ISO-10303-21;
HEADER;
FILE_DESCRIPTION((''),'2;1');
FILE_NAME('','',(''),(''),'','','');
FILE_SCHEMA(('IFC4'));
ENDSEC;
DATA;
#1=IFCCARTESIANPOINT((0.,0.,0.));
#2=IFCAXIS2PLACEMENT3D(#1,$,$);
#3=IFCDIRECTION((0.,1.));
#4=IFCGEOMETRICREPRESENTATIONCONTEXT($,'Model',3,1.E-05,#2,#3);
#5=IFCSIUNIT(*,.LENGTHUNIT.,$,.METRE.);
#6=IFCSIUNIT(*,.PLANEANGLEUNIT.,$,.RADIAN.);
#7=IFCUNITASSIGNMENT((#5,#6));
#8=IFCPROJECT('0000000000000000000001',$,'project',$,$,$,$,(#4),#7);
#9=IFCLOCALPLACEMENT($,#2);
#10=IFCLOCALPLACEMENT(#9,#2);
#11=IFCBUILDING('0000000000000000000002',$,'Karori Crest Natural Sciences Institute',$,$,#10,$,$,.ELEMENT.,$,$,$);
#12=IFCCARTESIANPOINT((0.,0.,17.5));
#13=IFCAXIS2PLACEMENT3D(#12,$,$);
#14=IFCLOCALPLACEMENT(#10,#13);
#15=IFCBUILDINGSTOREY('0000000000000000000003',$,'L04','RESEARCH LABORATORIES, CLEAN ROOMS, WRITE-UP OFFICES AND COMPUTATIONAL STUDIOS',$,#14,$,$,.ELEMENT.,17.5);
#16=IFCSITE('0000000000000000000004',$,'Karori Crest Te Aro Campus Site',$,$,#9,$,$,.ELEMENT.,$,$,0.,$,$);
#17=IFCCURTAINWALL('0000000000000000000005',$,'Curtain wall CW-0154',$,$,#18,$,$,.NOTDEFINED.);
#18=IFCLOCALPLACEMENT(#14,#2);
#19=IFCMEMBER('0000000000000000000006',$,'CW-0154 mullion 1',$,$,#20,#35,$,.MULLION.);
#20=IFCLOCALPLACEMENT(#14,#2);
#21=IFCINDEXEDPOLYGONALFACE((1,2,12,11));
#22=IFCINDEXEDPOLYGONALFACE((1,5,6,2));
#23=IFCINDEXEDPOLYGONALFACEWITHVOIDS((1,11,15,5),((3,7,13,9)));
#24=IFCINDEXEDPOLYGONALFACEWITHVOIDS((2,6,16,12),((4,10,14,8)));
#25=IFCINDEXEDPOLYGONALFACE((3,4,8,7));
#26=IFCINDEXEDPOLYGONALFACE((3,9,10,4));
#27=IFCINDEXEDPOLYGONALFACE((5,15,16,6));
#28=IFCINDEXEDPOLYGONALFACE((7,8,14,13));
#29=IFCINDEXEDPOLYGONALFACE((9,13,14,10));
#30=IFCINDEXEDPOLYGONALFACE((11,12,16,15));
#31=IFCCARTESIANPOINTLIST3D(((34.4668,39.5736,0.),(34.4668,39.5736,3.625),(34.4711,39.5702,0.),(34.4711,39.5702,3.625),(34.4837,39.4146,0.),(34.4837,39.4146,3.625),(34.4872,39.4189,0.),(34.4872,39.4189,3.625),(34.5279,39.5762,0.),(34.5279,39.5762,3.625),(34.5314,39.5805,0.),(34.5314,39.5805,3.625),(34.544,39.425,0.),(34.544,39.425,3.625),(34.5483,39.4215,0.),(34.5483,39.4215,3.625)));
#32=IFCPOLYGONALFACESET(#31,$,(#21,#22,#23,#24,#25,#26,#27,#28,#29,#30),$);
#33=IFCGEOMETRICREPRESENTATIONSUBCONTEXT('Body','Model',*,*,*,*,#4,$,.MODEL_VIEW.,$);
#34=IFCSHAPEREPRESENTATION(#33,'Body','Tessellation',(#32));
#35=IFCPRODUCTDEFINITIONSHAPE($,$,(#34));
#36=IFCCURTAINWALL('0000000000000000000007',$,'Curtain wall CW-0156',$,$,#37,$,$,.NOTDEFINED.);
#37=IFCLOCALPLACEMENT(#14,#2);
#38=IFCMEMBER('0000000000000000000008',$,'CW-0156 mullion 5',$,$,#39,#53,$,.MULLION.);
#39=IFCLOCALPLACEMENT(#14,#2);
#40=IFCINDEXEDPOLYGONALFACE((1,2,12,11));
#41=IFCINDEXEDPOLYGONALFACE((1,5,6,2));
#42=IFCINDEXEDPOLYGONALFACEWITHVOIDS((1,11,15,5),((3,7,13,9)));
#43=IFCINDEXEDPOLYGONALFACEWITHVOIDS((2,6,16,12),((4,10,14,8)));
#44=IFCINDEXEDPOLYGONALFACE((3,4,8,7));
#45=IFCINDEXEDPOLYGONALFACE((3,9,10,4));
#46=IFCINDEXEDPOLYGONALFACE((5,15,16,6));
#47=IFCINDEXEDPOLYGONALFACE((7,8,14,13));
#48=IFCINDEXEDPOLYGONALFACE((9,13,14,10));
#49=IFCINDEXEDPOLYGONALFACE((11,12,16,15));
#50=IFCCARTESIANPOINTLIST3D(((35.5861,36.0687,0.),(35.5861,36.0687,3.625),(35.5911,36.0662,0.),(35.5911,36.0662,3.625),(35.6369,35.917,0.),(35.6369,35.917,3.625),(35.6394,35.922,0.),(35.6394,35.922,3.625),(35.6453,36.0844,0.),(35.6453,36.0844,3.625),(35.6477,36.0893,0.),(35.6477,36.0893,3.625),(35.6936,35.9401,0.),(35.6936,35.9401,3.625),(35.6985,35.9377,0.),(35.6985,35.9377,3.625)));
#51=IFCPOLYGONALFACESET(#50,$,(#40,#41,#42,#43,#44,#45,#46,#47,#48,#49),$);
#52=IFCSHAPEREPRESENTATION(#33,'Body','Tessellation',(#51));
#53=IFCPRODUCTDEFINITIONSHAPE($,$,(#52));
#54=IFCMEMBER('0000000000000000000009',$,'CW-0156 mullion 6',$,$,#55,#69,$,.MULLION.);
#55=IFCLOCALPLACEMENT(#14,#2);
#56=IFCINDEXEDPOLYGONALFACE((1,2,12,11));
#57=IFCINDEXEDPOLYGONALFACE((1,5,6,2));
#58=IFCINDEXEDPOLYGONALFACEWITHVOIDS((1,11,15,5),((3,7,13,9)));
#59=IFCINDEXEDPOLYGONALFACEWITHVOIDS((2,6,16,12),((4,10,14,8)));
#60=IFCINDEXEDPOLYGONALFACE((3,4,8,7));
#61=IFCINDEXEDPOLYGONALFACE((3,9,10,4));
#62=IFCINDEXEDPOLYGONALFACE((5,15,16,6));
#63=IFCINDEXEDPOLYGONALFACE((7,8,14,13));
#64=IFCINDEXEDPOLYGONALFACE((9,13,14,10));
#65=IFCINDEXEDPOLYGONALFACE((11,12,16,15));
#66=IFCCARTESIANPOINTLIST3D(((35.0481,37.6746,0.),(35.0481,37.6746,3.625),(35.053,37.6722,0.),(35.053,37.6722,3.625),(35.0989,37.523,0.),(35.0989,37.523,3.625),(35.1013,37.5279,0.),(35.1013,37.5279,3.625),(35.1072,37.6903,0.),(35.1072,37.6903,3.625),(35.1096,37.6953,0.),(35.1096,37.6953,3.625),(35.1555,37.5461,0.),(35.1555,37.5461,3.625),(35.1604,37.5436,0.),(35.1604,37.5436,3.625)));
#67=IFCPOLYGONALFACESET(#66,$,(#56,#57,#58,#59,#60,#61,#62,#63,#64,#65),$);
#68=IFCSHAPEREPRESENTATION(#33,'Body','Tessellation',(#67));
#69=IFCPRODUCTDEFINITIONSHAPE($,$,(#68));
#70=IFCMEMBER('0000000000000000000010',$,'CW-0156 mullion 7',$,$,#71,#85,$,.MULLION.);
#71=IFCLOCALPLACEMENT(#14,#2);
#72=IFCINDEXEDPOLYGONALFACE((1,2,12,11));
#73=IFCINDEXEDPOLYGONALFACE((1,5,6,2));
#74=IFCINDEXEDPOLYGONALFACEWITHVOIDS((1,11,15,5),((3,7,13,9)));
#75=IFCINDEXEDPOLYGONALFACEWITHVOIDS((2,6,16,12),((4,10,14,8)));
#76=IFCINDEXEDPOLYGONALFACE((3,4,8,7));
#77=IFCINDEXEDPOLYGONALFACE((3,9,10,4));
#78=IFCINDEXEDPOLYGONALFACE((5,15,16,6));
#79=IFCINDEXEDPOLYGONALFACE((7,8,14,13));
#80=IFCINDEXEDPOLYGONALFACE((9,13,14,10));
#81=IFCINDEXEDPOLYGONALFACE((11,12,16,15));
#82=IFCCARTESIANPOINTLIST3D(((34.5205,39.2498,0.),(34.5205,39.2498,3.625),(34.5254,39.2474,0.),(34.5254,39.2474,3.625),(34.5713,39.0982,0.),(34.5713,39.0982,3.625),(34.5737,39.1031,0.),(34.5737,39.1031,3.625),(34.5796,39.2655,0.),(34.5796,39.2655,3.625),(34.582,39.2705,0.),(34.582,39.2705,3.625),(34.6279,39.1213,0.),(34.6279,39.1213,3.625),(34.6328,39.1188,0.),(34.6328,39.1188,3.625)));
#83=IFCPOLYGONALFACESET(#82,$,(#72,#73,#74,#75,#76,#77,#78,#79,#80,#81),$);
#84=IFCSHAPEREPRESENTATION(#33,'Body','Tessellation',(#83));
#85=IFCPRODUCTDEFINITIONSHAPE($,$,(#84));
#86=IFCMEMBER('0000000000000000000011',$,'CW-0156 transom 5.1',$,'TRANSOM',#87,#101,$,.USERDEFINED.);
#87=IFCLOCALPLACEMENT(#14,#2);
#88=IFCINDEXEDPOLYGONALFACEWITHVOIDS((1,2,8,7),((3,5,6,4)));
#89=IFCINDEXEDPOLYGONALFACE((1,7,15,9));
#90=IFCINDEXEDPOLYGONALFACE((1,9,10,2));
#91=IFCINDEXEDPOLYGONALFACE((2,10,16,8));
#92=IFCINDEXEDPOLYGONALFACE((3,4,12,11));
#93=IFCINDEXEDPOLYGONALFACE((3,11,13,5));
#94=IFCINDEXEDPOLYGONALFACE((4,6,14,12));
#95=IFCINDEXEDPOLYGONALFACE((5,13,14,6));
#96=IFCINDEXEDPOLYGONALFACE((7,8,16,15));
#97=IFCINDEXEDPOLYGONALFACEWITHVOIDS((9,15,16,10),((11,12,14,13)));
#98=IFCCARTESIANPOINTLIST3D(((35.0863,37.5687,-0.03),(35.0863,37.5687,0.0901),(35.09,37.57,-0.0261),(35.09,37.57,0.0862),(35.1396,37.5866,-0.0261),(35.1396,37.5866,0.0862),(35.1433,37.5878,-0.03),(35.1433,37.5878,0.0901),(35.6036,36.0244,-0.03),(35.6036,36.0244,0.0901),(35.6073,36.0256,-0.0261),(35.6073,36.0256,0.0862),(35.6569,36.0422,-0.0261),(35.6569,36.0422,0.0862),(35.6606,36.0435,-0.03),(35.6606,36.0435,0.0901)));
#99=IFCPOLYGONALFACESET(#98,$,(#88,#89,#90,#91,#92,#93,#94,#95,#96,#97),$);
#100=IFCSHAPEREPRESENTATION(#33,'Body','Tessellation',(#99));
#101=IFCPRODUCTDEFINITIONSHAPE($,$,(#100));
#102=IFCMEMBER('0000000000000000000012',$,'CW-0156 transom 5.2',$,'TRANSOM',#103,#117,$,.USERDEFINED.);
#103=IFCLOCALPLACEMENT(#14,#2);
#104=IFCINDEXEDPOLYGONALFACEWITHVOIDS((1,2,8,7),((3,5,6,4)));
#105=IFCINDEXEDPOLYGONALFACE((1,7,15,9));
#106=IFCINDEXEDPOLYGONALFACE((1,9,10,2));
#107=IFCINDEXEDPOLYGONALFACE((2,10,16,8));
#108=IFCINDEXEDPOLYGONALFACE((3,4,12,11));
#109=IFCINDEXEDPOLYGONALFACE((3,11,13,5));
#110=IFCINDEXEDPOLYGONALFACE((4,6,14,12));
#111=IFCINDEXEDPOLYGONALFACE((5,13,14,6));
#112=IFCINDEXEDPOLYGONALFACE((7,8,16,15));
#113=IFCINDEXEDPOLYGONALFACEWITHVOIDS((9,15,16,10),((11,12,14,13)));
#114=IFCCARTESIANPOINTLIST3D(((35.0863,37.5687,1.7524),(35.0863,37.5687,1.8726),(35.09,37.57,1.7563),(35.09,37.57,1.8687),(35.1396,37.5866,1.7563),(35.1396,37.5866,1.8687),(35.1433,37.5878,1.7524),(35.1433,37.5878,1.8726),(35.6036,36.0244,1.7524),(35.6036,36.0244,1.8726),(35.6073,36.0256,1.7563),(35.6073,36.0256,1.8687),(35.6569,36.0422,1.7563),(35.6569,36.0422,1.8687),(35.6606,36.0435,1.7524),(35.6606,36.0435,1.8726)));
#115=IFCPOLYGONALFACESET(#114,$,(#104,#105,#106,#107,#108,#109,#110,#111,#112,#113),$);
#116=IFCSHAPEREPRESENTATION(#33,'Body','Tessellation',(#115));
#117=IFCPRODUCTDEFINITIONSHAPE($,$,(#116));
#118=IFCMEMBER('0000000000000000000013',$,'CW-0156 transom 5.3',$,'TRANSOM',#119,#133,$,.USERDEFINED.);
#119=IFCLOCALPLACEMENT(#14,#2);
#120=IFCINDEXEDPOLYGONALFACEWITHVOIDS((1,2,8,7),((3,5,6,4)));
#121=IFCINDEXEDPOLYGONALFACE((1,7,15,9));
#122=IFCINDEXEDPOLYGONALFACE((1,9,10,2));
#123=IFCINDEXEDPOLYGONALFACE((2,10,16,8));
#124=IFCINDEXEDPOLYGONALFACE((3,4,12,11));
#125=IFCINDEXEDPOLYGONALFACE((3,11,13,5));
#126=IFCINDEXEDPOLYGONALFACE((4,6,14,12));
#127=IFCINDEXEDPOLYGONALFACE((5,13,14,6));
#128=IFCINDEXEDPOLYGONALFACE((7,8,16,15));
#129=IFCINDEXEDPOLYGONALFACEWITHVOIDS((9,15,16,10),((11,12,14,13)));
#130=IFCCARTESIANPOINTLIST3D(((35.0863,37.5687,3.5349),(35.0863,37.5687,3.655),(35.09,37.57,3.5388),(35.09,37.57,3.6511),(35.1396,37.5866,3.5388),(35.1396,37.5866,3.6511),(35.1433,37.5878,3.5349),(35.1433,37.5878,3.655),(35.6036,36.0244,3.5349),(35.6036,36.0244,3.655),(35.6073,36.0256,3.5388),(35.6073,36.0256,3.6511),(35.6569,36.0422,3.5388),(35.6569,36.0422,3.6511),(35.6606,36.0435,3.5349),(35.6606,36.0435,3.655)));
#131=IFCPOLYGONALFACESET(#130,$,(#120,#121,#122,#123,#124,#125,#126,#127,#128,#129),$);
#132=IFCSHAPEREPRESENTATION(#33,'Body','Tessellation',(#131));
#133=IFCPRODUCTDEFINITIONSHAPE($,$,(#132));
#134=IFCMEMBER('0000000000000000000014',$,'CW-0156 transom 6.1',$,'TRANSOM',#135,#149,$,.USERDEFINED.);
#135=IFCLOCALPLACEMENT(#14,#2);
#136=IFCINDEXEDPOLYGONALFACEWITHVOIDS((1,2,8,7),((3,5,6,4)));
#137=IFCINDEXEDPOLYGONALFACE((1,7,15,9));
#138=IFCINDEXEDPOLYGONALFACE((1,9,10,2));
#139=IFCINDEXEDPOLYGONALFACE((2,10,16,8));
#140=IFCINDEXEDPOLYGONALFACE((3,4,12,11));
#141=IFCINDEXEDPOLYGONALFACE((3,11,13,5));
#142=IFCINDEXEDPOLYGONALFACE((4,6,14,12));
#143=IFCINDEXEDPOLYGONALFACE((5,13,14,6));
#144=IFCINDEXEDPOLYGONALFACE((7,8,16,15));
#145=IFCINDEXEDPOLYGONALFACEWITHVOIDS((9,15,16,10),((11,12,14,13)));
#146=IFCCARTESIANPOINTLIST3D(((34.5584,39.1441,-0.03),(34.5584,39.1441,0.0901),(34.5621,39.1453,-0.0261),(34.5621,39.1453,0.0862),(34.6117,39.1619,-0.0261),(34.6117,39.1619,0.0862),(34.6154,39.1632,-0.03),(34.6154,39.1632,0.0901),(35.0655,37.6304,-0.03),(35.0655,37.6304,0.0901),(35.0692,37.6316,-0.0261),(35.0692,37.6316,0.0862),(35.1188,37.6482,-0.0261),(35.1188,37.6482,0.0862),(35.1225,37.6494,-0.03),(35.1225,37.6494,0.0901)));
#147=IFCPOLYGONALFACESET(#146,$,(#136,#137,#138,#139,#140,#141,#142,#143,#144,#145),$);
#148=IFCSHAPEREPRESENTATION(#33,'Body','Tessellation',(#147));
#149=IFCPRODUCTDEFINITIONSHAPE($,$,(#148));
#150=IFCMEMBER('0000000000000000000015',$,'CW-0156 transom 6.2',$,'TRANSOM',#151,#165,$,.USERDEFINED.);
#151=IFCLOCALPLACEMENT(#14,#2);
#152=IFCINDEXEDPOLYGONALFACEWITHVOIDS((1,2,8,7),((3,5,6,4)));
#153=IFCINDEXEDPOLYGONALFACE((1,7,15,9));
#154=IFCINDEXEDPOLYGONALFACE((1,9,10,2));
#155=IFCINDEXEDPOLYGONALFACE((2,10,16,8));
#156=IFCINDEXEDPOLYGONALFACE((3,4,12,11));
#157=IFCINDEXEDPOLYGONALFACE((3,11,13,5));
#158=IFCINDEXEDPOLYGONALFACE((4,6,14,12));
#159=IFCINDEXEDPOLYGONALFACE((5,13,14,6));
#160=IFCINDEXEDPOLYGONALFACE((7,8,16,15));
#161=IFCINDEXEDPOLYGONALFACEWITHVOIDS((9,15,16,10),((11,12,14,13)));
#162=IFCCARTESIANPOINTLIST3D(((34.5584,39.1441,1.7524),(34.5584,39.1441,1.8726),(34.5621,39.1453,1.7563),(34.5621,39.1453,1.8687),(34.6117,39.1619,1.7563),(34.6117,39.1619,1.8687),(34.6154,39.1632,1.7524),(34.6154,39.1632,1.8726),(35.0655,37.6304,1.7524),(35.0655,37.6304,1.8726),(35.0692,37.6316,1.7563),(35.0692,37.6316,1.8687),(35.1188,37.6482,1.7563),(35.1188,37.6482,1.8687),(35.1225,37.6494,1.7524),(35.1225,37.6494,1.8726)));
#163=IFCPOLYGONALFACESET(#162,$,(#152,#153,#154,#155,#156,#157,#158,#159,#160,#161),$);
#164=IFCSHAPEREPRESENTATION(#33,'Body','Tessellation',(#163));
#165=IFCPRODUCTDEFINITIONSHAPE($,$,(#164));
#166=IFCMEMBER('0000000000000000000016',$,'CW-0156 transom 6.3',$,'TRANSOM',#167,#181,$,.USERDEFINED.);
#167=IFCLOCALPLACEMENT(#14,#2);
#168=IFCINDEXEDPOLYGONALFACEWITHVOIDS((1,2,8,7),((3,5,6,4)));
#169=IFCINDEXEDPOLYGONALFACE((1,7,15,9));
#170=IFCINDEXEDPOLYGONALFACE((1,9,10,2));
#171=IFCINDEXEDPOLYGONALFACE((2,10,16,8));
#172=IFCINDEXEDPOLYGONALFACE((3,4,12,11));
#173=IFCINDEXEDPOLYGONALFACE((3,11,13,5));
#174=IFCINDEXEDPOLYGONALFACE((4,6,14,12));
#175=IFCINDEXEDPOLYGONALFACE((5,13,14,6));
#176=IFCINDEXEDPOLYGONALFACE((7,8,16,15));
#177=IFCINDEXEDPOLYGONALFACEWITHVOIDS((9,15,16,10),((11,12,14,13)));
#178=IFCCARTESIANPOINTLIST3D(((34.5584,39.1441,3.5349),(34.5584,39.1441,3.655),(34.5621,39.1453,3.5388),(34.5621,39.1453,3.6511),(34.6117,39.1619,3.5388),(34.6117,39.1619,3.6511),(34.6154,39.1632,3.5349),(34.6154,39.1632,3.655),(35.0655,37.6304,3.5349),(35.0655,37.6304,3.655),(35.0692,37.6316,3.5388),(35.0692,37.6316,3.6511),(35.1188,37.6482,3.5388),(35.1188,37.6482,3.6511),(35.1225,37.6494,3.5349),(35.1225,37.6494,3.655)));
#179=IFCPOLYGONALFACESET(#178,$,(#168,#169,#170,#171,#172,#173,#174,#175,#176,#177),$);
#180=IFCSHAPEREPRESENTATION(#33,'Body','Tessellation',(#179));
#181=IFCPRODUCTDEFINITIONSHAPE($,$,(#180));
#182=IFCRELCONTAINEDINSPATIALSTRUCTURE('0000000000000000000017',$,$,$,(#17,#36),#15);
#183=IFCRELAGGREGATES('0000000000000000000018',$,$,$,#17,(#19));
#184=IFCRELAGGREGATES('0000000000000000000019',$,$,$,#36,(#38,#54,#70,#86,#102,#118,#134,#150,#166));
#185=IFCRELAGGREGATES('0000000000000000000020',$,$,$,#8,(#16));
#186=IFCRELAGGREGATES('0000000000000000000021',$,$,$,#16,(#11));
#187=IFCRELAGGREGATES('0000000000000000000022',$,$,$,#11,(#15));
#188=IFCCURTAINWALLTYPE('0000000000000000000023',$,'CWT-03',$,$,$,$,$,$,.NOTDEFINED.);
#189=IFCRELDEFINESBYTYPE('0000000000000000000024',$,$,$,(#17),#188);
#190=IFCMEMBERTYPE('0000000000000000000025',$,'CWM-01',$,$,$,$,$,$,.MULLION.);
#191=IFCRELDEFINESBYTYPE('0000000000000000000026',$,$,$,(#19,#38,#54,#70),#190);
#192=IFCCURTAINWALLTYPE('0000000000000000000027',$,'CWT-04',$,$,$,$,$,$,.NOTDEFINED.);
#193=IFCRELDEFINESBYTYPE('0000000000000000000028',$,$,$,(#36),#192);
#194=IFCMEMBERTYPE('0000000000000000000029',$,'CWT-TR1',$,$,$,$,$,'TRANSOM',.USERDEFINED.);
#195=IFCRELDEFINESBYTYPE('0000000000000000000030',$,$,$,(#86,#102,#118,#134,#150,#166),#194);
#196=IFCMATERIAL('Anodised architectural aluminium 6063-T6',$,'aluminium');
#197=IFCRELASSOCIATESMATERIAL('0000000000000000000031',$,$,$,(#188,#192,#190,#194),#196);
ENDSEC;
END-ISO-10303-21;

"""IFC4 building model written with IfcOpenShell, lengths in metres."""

from ifc_helpers import new_model, si_unit, direction, frame, origin, origin_2d, place, context, subcontext, project, spatial, hollow_rectangle, extrude, material, material_profile, profile_set, type_object, element, aggregate, save


model = new_model("IFC4")

# Units and contexts
model_context = context("Model", 3, precision=1e-05, world=origin(), true_north=direction((0.0, 1.0)))
body_context = subcontext(model_context, "Body", "Model", "MODEL_VIEW")
ifc_project = project(units=[si_unit("LENGTHUNIT", "METRE"), si_unit("PLANEANGLEUNIT", "RADIAN")], contexts=[model_context])

# Site, building, storey
site_placement = place(None, origin())
site = spatial("IfcSite", under=ifc_project, at=site_placement, Name="Karori Crest Te Aro Campus Site", CompositionType="ELEMENT", RefElevation=0.0)
building_placement = place(site_placement, origin())
building = spatial("IfcBuilding", under=site, at=building_placement, Name="Karori Crest Natural Sciences Institute", CompositionType="ELEMENT")
storey_placement = place(building_placement, frame((0.0, 0.0, 17.5)))
storey = spatial("IfcBuildingStorey", under=building, at=storey_placement, Name="L04", Description="RESEARCH LABORATORIES, CLEAN ROOMS, WRITE-UP OFFICES AND COMPUTATIONAL STUDIOS", CompositionType="ELEMENT", Elevation=17.5)

# Curtain wall, member
ifc_material_1 = material(Name="Anodised architectural aluminium 6063-T6", Category="aluminium")
curtain_wall_type_1 = type_object("IfcCurtainWallType", Name="CWT-03", PredefinedType="NOTDEFINED", material=ifc_material_1)
curtain_wall_1_placement = place(storey_placement, origin())
curtain_wall_1 = element("IfcCurtainWall", 1, at=curtain_wall_1_placement, inside=storey, type_object=curtain_wall_type_1, Name="Curtain wall CW-0154", PredefinedType="NOTDEFINED")
ifc_material_profile_1 = material_profile(ifc_material_1, hollow_rectangle(XDim=0.0649, YDim=0.1599, WallThickness=0.0039, at=origin_2d()), Name="CWM160x65x4")
ifc_profile_set_1 = profile_set([ifc_material_profile_1], Name="Anodised architectural aluminium 6063-T6")
member_type_1 = type_object("IfcMemberType", Name="CWM-01", PredefinedType="MULLION", material=ifc_profile_set_1)
member_1_placement = place(storey_placement, frame((34.5076, 39.4976, 0.0), z_axis=(0.0, 0.0, 1.0), x_axis=(-0.994378, -0.105884, 0.0)))
member_1 = element("IfcMember", 2, at=member_1_placement, type_object=member_type_1, Name="CW-0154 mullion 1", PredefinedType="MULLION", context=body_context, shape_type="SweptSolid", body=[
    extrude(hollow_rectangle(XDim=0.0649, YDim=0.1599, WallThickness=0.0039, at=origin_2d()), origin(), (0.0, 0.0, 1.0), 3.625),
])

# Curtain wall, members
curtain_wall_type_2 = type_object("IfcCurtainWallType", Name="CWT-04", PredefinedType="NOTDEFINED", material=ifc_material_1)
curtain_wall_2_placement = place(storey_placement, origin())
curtain_wall_2 = element("IfcCurtainWall", 3, at=curtain_wall_2_placement, inside=storey, type_object=curtain_wall_type_2, Name="Curtain wall CW-0156", PredefinedType="NOTDEFINED")
member_2_placement = place(storey_placement, frame((35.6423, 36.0032, 0.0), z_axis=(0.0, 0.0, 1.0), x_axis=(-0.948198, -0.31768, 0.0)))
member_2 = element("IfcMember", 4, at=member_2_placement, type_object=member_type_1, Name="CW-0156 mullion 5", PredefinedType="MULLION", context=body_context, shape_type="SweptSolid", body=[
    extrude(hollow_rectangle(XDim=0.0649, YDim=0.1599, WallThickness=0.0039, at=origin_2d()), origin(), (0.0, 0.0, 1.0), 3.625),
])
member_3_placement = place(storey_placement, frame((35.1042, 37.6091, 0.0), z_axis=(0.0, 0.0, 1.0), x_axis=(-0.948198, -0.31768, 0.0)))
member_3 = element("IfcMember", 5, at=member_3_placement, type_object=member_type_1, Name="CW-0156 mullion 6", PredefinedType="MULLION", context=body_context, shape_type="SweptSolid", body=[
    extrude(hollow_rectangle(XDim=0.0649, YDim=0.1599, WallThickness=0.0039, at=origin_2d()), origin(), (0.0, 0.0, 1.0), 3.625),
])
member_4_placement = place(storey_placement, frame((34.5767, 39.1843, 0.0), z_axis=(0.0, 0.0, 1.0), x_axis=(-0.948198, -0.31768, 0.0)))
member_4 = element("IfcMember", 6, at=member_4_placement, type_object=member_type_1, Name="CW-0156 mullion 7", PredefinedType="MULLION", context=body_context, shape_type="SweptSolid", body=[
    extrude(hollow_rectangle(XDim=0.0649, YDim=0.1599, WallThickness=0.0039, at=origin_2d()), origin(), (0.0, 0.0, 1.0), 3.625),
])
ifc_material_profile_2 = material_profile(ifc_material_1, hollow_rectangle(XDim=0.0601, YDim=0.1201, WallThickness=0.0039, at=origin_2d()), Name="CWT120x60x4")
ifc_profile_set_2 = profile_set([ifc_material_profile_2], Name="Anodised architectural aluminium 6063-T6")
member_type_2 = type_object("IfcMemberType", Name="CWT-TR1", ElementType="TRANSOM", PredefinedType="USERDEFINED", material=ifc_profile_set_2)
member_5_placement = place(storey_placement, frame((35.6321, 36.0339, 0.03), z_axis=(-0.317621, 0.948218, 0.0), x_axis=(-0.948218, -0.317621, 0.0)))
member_5 = element("IfcMember", 7, at=member_5_placement, type_object=member_type_2, Name="CW-0156 transom 5.1", ObjectType="TRANSOM", PredefinedType="USERDEFINED", context=body_context, shape_type="SweptSolid", body=[
    extrude(hollow_rectangle(XDim=0.0601, YDim=0.1201, WallThickness=0.0039, at=origin_2d()), origin(), (0.0, 0.0, 1.0), 1.6287),
])
member_6_placement = place(storey_placement, frame((35.6321, 36.0339, 1.8125), z_axis=(-0.317621, 0.948218, 0.0), x_axis=(-0.948218, -0.317621, 0.0)))
member_6 = element("IfcMember", 8, at=member_6_placement, type_object=member_type_2, Name="CW-0156 transom 5.2", ObjectType="TRANSOM", PredefinedType="USERDEFINED", context=body_context, shape_type="SweptSolid", body=[
    extrude(hollow_rectangle(XDim=0.0601, YDim=0.1201, WallThickness=0.0039, at=origin_2d()), origin(), (0.0, 0.0, 1.0), 1.6287),
])
member_7_placement = place(storey_placement, frame((35.6321, 36.0339, 3.595), z_axis=(-0.317621, 0.948218, 0.0), x_axis=(-0.948218, -0.317621, 0.0)))
member_7 = element("IfcMember", 9, at=member_7_placement, type_object=member_type_2, Name="CW-0156 transom 5.3", ObjectType="TRANSOM", PredefinedType="USERDEFINED", context=body_context, shape_type="SweptSolid", body=[
    extrude(hollow_rectangle(XDim=0.0601, YDim=0.1201, WallThickness=0.0039, at=origin_2d()), origin(), (0.0, 0.0, 1.0), 1.6287),
])
member_8_placement = place(storey_placement, frame((35.094, 37.6399, 0.03), z_axis=(-0.31765, 0.948208, 0.0), x_axis=(-0.948208, -0.31765, 0.0)))
member_8 = element("IfcMember", 10, at=member_8_placement, type_object=member_type_2, Name="CW-0156 transom 6.1", ObjectType="TRANSOM", PredefinedType="USERDEFINED", context=body_context, shape_type="SweptSolid", body=[
    extrude(hollow_rectangle(XDim=0.0601, YDim=0.1201, WallThickness=0.0039, at=origin_2d()), origin(), (0.0, 0.0, 1.0), 1.5964),
])
member_9_placement = place(storey_placement, frame((35.094, 37.6399, 1.8125), z_axis=(-0.31765, 0.948208, 0.0), x_axis=(-0.948208, -0.31765, 0.0)))
member_9 = element("IfcMember", 11, at=member_9_placement, type_object=member_type_2, Name="CW-0156 transom 6.2", ObjectType="TRANSOM", PredefinedType="USERDEFINED", context=body_context, shape_type="SweptSolid", body=[
    extrude(hollow_rectangle(XDim=0.0601, YDim=0.1201, WallThickness=0.0039, at=origin_2d()), origin(), (0.0, 0.0, 1.0), 1.5964),
])
member_10_placement = place(storey_placement, frame((35.094, 37.6399, 3.595), z_axis=(-0.31765, 0.948208, 0.0), x_axis=(-0.948208, -0.31765, 0.0)))
member_10 = element("IfcMember", 12, at=member_10_placement, type_object=member_type_2, Name="CW-0156 transom 6.3", ObjectType="TRANSOM", PredefinedType="USERDEFINED", context=body_context, shape_type="SweptSolid", body=[
    extrude(hollow_rectangle(XDim=0.0601, YDim=0.1201, WallThickness=0.0039, at=origin_2d()), origin(), (0.0, 0.0, 1.0), 1.5964),
])

aggregate(curtain_wall_1, [member_1])
aggregate(curtain_wall_2, [member_2, member_3, member_4, member_5, member_6, member_7, member_8, member_9, member_10])

save(model, "model.ifc")
